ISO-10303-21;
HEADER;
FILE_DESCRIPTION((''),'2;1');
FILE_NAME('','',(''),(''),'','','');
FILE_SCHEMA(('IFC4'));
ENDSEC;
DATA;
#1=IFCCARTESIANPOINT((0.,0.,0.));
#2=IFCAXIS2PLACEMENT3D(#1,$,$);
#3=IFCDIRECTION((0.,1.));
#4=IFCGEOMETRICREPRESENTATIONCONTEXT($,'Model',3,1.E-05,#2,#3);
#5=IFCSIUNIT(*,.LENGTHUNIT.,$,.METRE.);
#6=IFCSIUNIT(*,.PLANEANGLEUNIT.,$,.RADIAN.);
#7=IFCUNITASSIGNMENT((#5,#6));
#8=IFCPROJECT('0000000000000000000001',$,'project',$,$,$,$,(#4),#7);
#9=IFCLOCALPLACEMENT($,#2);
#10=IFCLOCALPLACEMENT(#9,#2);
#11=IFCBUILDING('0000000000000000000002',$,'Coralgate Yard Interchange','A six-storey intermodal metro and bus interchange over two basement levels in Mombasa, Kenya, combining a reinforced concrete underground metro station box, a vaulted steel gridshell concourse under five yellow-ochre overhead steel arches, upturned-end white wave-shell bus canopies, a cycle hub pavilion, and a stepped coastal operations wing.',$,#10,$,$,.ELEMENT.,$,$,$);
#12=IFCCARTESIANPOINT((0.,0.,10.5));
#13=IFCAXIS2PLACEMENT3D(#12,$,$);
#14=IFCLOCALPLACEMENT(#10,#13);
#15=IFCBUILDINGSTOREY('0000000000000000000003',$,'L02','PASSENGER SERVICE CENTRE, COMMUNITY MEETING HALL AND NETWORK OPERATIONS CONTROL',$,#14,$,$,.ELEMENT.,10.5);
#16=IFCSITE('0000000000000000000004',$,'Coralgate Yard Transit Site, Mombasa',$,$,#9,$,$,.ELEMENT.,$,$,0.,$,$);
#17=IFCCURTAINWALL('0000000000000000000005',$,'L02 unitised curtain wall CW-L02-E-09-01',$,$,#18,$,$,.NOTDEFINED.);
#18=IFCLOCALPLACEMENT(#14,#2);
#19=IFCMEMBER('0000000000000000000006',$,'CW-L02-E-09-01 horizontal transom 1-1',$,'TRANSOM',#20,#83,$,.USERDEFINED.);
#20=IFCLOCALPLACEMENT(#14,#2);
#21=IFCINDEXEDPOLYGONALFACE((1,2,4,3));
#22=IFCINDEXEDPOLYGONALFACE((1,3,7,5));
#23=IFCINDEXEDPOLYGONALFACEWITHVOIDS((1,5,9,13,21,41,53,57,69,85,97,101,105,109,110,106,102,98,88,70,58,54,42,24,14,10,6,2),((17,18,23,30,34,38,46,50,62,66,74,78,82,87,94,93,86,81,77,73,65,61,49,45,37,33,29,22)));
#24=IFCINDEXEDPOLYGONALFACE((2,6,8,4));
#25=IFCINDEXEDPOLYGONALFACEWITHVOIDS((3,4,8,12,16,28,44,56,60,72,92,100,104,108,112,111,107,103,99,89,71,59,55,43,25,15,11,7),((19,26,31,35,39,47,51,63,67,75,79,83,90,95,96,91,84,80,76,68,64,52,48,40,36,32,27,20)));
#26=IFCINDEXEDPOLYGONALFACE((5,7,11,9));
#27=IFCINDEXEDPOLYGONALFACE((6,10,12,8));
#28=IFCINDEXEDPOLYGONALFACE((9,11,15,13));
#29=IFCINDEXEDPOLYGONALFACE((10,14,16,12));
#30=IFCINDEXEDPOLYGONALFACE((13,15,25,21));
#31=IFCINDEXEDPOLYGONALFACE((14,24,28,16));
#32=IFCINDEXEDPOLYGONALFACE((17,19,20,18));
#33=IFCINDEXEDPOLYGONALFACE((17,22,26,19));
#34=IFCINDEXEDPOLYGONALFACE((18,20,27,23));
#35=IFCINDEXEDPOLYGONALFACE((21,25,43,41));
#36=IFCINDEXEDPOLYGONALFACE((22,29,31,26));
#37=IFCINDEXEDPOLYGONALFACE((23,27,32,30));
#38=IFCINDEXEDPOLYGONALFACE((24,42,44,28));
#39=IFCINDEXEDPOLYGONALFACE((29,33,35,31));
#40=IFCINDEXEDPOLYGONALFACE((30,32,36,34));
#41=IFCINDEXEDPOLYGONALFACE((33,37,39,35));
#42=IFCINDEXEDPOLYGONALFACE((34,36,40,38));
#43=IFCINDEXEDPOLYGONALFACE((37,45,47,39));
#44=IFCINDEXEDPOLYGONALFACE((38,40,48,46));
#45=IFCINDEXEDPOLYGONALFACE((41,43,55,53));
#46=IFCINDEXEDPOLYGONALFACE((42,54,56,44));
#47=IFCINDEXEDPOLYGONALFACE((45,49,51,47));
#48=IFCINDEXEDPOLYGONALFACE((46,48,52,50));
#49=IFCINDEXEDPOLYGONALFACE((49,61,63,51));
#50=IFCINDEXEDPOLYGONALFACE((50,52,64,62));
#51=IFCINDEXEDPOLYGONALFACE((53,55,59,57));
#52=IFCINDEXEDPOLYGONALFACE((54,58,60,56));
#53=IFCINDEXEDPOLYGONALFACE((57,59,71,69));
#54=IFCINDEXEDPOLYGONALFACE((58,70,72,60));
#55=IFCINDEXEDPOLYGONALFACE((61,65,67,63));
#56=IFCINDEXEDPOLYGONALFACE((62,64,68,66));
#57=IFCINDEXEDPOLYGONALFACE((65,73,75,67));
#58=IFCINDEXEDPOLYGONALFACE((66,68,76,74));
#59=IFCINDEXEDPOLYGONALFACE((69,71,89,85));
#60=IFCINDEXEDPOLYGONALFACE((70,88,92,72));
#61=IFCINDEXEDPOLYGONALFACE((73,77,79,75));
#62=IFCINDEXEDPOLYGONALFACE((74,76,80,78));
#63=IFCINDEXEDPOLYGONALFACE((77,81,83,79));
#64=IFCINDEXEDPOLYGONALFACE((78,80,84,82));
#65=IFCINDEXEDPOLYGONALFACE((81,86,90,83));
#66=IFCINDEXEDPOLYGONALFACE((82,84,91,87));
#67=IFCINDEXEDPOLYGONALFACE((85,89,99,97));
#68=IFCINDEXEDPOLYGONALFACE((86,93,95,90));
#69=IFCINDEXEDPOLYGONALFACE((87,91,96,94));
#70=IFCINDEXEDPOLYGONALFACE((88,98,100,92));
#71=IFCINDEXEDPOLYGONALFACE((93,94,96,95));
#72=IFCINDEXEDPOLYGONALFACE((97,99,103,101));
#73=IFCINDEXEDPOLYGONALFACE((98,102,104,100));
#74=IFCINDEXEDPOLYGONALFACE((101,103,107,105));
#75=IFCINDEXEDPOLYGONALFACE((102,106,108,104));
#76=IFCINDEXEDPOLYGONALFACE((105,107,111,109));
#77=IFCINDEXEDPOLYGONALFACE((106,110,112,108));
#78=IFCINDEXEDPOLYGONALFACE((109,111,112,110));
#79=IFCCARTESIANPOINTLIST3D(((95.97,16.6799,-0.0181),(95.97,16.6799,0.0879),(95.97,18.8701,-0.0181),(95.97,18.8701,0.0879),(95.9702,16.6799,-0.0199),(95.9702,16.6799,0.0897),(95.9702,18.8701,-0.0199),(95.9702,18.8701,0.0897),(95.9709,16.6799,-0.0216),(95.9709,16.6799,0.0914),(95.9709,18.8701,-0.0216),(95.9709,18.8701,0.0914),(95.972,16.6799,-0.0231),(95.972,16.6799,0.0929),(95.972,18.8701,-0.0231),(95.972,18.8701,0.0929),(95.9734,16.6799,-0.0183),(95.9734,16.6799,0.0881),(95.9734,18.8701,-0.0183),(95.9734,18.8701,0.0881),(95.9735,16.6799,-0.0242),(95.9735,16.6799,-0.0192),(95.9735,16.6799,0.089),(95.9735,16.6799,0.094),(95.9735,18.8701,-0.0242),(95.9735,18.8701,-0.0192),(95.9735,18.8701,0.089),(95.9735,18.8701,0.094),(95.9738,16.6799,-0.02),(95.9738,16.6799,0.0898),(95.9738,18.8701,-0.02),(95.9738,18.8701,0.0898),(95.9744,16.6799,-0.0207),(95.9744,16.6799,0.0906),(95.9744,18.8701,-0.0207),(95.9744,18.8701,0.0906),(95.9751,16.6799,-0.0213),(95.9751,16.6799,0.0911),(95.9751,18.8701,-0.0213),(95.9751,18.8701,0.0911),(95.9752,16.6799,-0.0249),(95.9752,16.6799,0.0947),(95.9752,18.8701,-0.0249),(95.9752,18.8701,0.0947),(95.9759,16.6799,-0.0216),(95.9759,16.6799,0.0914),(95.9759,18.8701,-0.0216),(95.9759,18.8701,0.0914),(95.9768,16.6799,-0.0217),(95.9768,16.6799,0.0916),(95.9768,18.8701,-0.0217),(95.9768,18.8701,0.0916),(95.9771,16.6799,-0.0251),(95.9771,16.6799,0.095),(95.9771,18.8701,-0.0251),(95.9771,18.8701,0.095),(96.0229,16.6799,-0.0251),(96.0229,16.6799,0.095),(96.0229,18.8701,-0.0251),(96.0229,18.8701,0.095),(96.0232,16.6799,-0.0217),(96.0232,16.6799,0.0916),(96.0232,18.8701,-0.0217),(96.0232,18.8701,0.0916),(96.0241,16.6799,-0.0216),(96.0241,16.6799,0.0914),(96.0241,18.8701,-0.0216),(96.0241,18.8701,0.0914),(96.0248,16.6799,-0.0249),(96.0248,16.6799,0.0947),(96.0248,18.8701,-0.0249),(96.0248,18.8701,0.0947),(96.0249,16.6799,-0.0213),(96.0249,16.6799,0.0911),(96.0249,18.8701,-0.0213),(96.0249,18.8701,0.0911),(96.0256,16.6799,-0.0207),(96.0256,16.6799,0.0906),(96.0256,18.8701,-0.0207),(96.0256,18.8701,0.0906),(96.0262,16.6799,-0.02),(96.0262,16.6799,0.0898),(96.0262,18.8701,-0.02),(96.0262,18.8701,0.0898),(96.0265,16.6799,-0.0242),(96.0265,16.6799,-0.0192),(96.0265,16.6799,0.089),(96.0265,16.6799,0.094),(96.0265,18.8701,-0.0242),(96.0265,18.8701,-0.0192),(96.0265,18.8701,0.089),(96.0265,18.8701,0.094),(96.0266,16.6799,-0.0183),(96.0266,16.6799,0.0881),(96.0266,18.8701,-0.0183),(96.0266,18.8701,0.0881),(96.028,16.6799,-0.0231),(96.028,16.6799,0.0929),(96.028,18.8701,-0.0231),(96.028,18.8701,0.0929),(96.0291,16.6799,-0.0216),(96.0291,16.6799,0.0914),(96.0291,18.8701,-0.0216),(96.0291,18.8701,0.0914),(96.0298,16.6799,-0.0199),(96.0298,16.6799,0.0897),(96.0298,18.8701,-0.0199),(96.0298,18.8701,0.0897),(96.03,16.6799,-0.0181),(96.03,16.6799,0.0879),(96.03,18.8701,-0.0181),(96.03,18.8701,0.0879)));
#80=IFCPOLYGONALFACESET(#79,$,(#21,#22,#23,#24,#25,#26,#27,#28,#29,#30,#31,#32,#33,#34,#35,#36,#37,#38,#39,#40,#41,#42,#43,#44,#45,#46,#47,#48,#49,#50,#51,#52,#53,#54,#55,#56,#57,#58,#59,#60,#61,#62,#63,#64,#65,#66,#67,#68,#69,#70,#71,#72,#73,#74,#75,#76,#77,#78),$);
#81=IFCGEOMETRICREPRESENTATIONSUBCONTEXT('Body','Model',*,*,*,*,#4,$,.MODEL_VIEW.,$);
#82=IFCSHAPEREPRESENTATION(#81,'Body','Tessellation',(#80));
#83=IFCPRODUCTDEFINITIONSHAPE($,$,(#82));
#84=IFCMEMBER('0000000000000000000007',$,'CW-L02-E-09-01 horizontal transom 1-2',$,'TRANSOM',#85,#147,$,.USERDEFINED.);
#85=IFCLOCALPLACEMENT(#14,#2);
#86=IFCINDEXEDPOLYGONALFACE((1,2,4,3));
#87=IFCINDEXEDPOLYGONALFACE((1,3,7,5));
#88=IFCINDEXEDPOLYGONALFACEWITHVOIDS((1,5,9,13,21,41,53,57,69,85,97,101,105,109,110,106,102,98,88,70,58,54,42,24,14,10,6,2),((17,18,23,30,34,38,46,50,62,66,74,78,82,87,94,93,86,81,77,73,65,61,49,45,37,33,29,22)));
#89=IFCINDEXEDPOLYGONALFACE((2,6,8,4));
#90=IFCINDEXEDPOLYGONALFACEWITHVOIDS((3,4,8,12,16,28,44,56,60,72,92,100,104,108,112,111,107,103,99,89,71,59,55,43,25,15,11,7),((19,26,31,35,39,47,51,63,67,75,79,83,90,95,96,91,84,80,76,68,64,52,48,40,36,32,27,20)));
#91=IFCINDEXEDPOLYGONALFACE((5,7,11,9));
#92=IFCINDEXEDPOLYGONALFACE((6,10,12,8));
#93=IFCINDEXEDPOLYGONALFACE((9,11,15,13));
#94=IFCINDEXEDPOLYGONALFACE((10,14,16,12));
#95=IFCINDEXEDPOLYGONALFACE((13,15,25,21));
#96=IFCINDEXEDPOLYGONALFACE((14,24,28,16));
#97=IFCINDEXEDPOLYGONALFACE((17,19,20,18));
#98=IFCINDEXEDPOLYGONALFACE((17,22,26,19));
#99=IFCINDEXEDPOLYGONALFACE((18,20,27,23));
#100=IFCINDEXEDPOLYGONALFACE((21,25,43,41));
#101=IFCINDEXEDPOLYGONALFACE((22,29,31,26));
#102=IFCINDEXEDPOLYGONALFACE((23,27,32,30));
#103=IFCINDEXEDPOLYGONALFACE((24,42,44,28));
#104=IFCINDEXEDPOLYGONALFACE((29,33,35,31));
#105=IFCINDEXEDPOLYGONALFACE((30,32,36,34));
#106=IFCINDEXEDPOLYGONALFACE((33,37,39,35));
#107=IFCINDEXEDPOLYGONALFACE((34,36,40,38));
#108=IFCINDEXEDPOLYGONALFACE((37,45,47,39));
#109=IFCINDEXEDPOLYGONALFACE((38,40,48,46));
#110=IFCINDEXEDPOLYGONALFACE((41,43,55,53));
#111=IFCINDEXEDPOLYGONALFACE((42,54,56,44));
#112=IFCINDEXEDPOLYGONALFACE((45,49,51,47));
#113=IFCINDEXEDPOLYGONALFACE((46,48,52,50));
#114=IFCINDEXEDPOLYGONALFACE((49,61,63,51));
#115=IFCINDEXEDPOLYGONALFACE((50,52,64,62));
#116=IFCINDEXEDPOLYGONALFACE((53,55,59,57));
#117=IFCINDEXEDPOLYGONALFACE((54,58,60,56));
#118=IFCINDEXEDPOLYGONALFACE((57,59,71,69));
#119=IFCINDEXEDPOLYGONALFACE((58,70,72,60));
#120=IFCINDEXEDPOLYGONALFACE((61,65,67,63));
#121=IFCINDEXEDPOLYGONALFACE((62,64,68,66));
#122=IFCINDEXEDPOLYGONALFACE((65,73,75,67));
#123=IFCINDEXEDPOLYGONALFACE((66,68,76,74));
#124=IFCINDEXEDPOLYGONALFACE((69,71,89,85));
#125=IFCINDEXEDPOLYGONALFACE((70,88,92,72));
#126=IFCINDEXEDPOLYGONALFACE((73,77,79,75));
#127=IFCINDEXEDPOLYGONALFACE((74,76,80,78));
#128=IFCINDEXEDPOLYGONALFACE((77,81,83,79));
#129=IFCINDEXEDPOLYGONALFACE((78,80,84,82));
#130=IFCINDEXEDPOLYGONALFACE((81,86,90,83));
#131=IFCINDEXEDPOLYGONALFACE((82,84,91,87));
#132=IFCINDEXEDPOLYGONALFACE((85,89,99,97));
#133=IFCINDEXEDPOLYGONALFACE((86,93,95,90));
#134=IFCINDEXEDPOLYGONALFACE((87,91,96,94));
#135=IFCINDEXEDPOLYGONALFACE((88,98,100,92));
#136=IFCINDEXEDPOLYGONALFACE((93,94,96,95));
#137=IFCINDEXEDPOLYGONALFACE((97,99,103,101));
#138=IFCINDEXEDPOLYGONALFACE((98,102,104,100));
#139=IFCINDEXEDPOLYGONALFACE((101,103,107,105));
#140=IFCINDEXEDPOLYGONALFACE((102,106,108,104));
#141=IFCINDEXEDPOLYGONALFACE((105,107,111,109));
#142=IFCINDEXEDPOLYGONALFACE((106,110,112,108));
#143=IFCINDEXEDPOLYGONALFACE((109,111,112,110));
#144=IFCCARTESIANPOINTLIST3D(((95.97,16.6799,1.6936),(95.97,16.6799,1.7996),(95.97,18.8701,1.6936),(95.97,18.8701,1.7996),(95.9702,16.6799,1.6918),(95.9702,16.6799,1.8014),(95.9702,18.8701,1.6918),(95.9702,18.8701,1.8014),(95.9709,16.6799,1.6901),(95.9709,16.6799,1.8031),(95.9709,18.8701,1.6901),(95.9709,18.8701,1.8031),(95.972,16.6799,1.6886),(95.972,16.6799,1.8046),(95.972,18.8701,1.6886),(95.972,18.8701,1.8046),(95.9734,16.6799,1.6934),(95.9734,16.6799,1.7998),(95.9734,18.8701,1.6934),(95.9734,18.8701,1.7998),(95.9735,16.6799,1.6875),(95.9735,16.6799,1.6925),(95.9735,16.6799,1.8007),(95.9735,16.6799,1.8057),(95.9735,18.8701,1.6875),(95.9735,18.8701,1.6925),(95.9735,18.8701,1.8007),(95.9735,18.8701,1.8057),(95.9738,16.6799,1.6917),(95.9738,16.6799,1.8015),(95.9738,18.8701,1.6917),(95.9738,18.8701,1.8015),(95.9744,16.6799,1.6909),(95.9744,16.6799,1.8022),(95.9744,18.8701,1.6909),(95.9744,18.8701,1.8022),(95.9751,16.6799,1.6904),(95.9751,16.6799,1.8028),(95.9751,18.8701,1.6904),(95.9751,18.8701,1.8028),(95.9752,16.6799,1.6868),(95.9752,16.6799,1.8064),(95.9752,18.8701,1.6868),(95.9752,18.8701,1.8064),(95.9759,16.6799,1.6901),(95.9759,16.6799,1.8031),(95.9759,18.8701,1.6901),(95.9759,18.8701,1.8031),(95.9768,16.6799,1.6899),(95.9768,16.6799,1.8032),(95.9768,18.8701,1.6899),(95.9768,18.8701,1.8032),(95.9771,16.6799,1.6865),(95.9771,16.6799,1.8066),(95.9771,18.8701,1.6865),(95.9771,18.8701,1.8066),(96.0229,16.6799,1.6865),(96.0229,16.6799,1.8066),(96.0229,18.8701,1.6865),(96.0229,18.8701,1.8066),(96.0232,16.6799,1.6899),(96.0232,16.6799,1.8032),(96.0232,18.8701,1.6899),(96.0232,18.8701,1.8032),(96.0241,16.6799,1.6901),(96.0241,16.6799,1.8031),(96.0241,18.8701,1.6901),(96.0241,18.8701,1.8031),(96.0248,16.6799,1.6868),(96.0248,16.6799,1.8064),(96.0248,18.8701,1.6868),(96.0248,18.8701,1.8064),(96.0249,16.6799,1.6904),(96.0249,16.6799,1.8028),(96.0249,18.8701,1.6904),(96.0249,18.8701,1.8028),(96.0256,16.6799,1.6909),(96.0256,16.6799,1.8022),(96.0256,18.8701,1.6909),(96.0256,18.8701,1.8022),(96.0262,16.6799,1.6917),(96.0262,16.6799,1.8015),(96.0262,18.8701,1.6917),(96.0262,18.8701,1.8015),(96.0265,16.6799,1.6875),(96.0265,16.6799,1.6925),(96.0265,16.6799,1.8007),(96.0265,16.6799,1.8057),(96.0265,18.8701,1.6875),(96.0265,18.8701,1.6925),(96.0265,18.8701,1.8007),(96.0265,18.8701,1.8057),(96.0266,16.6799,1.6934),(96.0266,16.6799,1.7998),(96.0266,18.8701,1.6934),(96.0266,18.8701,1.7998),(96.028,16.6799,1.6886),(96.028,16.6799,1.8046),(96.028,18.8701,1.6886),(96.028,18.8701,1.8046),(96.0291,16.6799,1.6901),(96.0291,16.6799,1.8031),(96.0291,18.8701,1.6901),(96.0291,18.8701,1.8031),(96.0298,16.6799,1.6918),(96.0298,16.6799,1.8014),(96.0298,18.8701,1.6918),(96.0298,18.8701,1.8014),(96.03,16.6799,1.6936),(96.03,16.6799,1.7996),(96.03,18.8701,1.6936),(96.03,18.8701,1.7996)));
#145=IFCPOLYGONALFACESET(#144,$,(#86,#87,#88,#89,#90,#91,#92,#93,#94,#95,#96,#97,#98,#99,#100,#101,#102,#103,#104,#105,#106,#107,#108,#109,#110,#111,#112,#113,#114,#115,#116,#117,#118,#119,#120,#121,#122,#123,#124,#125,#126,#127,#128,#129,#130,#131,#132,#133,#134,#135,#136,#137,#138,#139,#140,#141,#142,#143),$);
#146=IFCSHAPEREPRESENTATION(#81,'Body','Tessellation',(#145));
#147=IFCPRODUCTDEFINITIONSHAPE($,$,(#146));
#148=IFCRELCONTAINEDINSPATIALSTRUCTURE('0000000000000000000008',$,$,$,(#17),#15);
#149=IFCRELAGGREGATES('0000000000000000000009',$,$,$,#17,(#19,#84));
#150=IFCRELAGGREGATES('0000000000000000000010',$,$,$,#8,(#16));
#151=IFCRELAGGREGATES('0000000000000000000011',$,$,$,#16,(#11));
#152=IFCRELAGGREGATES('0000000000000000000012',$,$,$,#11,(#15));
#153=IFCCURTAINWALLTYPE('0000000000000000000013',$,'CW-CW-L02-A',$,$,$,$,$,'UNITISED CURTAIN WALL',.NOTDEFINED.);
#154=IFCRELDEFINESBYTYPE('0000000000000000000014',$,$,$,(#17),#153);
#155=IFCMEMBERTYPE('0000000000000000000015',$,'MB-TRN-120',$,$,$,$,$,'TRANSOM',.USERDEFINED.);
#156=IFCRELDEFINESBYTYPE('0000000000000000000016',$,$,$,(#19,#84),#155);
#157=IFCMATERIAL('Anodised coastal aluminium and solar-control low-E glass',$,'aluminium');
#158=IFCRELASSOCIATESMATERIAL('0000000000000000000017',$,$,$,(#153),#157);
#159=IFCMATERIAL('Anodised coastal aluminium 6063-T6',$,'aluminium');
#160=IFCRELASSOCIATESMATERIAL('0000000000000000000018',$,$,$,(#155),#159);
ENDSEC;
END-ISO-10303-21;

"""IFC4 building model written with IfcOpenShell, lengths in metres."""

from ifc_helpers import new_model, si_unit, direction, frame, origin, origin_2d, place, context, subcontext, project, spatial, hollow_rectangle, extrude, material, material_profile, profile_set, type_object, element, aggregate, save


model = new_model("IFC4")

# Units and contexts
model_context = context("Model", 3, precision=1e-05, world=origin(), true_north=direction((0.0, 1.0)))
body_context = subcontext(model_context, "Body", "Model", "MODEL_VIEW")
ifc_project = project(units=[si_unit("LENGTHUNIT", "METRE"), si_unit("PLANEANGLEUNIT", "RADIAN")], contexts=[model_context])

# Site, building, storey
site_placement = place(None, origin())
site = spatial("IfcSite", under=ifc_project, at=site_placement, Name="Coralgate Yard Transit Site, Mombasa", CompositionType="ELEMENT", RefElevation=0.0)
building_placement = place(site_placement, origin())
building = spatial("IfcBuilding", under=site, at=building_placement, Name="Coralgate Yard Interchange", Description="A six-storey intermodal metro and bus interchange over two basement levels in Mombasa, Kenya, combining a reinforced concrete underground metro station box, a vaulted steel gridshell concourse under five yellow-ochre overhead steel arches, upturned-end white wave-shell bus canopies, a cycle hub pavilion, and a stepped coastal operations wing.", CompositionType="ELEMENT")
storey_placement = place(building_placement, frame((0.0, 0.0, 10.5)))
storey = spatial("IfcBuildingStorey", under=building, at=storey_placement, Name="L02", Description="PASSENGER SERVICE CENTRE, COMMUNITY MEETING HALL AND NETWORK OPERATIONS CONTROL", CompositionType="ELEMENT", Elevation=10.5)

# Shared definitions
ifc_material_1 = material(Name="Anodised coastal aluminium and solar-control low-E glass", Category="aluminium")
curtain_wall_type = type_object("IfcCurtainWallType", Name="CW-CW-L02-A", ElementType="UNITISED CURTAIN WALL", PredefinedType="NOTDEFINED", material=ifc_material_1)
ifc_material_2 = material(Name="Anodised coastal aluminium 6063-T6", Category="aluminium")

# Curtain wall
curtain_wall_1_placement = place(storey_placement, origin())
curtain_wall_1 = element("IfcCurtainWall", 1, at=curtain_wall_1_placement, inside=storey, type_object=curtain_wall_type, Name="L02 unitised curtain wall CW-L02-E-09-01", PredefinedType="NOTDEFINED")

# Members
ifc_material_profile_1 = material_profile(ifc_material_2, hollow_rectangle(XDim=0.0601, YDim=0.1201, WallThickness=0.0034, InnerFilletRadius=0.0034, OuterFilletRadius=0.0071, at=origin_2d()), Name="ALU 60x120x3.5")
ifc_profile_set_1 = profile_set([ifc_material_profile_1], Name="Anodised coastal aluminium 6063-T6")
member_type_1 = type_object("IfcMemberType", Name="MB-TRN-120", ElementType="TRANSOM", PredefinedType="USERDEFINED", material=ifc_profile_set_1)
member_1_placement = place(storey_placement, frame((96.0, 18.8701, 0.0349), z_axis=(0.0, -1.0, 0.0), x_axis=(1.0, 0.0, 0.0)))
member_1 = element("IfcMember", 2, at=member_1_placement, type_object=member_type_1, Name="CW-L02-E-09-01 horizontal transom 1-1", ObjectType="TRANSOM", PredefinedType="USERDEFINED", context=body_context, shape_type="SweptSolid", body=[
    extrude(hollow_rectangle(XDim=0.0601, YDim=0.1201, WallThickness=0.0034, InnerFilletRadius=0.0034, OuterFilletRadius=0.0071, at=origin_2d()), origin(), (0.0, 0.0, 1.0), 2.1902),
])
member_2_placement = place(storey_placement, frame((96.0, 18.8701, 1.7466), z_axis=(0.0, -1.0, 0.0), x_axis=(1.0, 0.0, 0.0)))
member_2 = element("IfcMember", 3, at=member_2_placement, type_object=member_type_1, Name="CW-L02-E-09-01 horizontal transom 1-2", ObjectType="TRANSOM", PredefinedType="USERDEFINED", context=body_context, shape_type="SweptSolid", body=[
    extrude(hollow_rectangle(XDim=0.0601, YDim=0.1201, WallThickness=0.0034, InnerFilletRadius=0.0034, OuterFilletRadius=0.0071, at=origin_2d()), origin(), (0.0, 0.0, 1.0), 2.1902),
])

aggregate(curtain_wall_1, [member_1, member_2])

save(model, "model.ifc")
